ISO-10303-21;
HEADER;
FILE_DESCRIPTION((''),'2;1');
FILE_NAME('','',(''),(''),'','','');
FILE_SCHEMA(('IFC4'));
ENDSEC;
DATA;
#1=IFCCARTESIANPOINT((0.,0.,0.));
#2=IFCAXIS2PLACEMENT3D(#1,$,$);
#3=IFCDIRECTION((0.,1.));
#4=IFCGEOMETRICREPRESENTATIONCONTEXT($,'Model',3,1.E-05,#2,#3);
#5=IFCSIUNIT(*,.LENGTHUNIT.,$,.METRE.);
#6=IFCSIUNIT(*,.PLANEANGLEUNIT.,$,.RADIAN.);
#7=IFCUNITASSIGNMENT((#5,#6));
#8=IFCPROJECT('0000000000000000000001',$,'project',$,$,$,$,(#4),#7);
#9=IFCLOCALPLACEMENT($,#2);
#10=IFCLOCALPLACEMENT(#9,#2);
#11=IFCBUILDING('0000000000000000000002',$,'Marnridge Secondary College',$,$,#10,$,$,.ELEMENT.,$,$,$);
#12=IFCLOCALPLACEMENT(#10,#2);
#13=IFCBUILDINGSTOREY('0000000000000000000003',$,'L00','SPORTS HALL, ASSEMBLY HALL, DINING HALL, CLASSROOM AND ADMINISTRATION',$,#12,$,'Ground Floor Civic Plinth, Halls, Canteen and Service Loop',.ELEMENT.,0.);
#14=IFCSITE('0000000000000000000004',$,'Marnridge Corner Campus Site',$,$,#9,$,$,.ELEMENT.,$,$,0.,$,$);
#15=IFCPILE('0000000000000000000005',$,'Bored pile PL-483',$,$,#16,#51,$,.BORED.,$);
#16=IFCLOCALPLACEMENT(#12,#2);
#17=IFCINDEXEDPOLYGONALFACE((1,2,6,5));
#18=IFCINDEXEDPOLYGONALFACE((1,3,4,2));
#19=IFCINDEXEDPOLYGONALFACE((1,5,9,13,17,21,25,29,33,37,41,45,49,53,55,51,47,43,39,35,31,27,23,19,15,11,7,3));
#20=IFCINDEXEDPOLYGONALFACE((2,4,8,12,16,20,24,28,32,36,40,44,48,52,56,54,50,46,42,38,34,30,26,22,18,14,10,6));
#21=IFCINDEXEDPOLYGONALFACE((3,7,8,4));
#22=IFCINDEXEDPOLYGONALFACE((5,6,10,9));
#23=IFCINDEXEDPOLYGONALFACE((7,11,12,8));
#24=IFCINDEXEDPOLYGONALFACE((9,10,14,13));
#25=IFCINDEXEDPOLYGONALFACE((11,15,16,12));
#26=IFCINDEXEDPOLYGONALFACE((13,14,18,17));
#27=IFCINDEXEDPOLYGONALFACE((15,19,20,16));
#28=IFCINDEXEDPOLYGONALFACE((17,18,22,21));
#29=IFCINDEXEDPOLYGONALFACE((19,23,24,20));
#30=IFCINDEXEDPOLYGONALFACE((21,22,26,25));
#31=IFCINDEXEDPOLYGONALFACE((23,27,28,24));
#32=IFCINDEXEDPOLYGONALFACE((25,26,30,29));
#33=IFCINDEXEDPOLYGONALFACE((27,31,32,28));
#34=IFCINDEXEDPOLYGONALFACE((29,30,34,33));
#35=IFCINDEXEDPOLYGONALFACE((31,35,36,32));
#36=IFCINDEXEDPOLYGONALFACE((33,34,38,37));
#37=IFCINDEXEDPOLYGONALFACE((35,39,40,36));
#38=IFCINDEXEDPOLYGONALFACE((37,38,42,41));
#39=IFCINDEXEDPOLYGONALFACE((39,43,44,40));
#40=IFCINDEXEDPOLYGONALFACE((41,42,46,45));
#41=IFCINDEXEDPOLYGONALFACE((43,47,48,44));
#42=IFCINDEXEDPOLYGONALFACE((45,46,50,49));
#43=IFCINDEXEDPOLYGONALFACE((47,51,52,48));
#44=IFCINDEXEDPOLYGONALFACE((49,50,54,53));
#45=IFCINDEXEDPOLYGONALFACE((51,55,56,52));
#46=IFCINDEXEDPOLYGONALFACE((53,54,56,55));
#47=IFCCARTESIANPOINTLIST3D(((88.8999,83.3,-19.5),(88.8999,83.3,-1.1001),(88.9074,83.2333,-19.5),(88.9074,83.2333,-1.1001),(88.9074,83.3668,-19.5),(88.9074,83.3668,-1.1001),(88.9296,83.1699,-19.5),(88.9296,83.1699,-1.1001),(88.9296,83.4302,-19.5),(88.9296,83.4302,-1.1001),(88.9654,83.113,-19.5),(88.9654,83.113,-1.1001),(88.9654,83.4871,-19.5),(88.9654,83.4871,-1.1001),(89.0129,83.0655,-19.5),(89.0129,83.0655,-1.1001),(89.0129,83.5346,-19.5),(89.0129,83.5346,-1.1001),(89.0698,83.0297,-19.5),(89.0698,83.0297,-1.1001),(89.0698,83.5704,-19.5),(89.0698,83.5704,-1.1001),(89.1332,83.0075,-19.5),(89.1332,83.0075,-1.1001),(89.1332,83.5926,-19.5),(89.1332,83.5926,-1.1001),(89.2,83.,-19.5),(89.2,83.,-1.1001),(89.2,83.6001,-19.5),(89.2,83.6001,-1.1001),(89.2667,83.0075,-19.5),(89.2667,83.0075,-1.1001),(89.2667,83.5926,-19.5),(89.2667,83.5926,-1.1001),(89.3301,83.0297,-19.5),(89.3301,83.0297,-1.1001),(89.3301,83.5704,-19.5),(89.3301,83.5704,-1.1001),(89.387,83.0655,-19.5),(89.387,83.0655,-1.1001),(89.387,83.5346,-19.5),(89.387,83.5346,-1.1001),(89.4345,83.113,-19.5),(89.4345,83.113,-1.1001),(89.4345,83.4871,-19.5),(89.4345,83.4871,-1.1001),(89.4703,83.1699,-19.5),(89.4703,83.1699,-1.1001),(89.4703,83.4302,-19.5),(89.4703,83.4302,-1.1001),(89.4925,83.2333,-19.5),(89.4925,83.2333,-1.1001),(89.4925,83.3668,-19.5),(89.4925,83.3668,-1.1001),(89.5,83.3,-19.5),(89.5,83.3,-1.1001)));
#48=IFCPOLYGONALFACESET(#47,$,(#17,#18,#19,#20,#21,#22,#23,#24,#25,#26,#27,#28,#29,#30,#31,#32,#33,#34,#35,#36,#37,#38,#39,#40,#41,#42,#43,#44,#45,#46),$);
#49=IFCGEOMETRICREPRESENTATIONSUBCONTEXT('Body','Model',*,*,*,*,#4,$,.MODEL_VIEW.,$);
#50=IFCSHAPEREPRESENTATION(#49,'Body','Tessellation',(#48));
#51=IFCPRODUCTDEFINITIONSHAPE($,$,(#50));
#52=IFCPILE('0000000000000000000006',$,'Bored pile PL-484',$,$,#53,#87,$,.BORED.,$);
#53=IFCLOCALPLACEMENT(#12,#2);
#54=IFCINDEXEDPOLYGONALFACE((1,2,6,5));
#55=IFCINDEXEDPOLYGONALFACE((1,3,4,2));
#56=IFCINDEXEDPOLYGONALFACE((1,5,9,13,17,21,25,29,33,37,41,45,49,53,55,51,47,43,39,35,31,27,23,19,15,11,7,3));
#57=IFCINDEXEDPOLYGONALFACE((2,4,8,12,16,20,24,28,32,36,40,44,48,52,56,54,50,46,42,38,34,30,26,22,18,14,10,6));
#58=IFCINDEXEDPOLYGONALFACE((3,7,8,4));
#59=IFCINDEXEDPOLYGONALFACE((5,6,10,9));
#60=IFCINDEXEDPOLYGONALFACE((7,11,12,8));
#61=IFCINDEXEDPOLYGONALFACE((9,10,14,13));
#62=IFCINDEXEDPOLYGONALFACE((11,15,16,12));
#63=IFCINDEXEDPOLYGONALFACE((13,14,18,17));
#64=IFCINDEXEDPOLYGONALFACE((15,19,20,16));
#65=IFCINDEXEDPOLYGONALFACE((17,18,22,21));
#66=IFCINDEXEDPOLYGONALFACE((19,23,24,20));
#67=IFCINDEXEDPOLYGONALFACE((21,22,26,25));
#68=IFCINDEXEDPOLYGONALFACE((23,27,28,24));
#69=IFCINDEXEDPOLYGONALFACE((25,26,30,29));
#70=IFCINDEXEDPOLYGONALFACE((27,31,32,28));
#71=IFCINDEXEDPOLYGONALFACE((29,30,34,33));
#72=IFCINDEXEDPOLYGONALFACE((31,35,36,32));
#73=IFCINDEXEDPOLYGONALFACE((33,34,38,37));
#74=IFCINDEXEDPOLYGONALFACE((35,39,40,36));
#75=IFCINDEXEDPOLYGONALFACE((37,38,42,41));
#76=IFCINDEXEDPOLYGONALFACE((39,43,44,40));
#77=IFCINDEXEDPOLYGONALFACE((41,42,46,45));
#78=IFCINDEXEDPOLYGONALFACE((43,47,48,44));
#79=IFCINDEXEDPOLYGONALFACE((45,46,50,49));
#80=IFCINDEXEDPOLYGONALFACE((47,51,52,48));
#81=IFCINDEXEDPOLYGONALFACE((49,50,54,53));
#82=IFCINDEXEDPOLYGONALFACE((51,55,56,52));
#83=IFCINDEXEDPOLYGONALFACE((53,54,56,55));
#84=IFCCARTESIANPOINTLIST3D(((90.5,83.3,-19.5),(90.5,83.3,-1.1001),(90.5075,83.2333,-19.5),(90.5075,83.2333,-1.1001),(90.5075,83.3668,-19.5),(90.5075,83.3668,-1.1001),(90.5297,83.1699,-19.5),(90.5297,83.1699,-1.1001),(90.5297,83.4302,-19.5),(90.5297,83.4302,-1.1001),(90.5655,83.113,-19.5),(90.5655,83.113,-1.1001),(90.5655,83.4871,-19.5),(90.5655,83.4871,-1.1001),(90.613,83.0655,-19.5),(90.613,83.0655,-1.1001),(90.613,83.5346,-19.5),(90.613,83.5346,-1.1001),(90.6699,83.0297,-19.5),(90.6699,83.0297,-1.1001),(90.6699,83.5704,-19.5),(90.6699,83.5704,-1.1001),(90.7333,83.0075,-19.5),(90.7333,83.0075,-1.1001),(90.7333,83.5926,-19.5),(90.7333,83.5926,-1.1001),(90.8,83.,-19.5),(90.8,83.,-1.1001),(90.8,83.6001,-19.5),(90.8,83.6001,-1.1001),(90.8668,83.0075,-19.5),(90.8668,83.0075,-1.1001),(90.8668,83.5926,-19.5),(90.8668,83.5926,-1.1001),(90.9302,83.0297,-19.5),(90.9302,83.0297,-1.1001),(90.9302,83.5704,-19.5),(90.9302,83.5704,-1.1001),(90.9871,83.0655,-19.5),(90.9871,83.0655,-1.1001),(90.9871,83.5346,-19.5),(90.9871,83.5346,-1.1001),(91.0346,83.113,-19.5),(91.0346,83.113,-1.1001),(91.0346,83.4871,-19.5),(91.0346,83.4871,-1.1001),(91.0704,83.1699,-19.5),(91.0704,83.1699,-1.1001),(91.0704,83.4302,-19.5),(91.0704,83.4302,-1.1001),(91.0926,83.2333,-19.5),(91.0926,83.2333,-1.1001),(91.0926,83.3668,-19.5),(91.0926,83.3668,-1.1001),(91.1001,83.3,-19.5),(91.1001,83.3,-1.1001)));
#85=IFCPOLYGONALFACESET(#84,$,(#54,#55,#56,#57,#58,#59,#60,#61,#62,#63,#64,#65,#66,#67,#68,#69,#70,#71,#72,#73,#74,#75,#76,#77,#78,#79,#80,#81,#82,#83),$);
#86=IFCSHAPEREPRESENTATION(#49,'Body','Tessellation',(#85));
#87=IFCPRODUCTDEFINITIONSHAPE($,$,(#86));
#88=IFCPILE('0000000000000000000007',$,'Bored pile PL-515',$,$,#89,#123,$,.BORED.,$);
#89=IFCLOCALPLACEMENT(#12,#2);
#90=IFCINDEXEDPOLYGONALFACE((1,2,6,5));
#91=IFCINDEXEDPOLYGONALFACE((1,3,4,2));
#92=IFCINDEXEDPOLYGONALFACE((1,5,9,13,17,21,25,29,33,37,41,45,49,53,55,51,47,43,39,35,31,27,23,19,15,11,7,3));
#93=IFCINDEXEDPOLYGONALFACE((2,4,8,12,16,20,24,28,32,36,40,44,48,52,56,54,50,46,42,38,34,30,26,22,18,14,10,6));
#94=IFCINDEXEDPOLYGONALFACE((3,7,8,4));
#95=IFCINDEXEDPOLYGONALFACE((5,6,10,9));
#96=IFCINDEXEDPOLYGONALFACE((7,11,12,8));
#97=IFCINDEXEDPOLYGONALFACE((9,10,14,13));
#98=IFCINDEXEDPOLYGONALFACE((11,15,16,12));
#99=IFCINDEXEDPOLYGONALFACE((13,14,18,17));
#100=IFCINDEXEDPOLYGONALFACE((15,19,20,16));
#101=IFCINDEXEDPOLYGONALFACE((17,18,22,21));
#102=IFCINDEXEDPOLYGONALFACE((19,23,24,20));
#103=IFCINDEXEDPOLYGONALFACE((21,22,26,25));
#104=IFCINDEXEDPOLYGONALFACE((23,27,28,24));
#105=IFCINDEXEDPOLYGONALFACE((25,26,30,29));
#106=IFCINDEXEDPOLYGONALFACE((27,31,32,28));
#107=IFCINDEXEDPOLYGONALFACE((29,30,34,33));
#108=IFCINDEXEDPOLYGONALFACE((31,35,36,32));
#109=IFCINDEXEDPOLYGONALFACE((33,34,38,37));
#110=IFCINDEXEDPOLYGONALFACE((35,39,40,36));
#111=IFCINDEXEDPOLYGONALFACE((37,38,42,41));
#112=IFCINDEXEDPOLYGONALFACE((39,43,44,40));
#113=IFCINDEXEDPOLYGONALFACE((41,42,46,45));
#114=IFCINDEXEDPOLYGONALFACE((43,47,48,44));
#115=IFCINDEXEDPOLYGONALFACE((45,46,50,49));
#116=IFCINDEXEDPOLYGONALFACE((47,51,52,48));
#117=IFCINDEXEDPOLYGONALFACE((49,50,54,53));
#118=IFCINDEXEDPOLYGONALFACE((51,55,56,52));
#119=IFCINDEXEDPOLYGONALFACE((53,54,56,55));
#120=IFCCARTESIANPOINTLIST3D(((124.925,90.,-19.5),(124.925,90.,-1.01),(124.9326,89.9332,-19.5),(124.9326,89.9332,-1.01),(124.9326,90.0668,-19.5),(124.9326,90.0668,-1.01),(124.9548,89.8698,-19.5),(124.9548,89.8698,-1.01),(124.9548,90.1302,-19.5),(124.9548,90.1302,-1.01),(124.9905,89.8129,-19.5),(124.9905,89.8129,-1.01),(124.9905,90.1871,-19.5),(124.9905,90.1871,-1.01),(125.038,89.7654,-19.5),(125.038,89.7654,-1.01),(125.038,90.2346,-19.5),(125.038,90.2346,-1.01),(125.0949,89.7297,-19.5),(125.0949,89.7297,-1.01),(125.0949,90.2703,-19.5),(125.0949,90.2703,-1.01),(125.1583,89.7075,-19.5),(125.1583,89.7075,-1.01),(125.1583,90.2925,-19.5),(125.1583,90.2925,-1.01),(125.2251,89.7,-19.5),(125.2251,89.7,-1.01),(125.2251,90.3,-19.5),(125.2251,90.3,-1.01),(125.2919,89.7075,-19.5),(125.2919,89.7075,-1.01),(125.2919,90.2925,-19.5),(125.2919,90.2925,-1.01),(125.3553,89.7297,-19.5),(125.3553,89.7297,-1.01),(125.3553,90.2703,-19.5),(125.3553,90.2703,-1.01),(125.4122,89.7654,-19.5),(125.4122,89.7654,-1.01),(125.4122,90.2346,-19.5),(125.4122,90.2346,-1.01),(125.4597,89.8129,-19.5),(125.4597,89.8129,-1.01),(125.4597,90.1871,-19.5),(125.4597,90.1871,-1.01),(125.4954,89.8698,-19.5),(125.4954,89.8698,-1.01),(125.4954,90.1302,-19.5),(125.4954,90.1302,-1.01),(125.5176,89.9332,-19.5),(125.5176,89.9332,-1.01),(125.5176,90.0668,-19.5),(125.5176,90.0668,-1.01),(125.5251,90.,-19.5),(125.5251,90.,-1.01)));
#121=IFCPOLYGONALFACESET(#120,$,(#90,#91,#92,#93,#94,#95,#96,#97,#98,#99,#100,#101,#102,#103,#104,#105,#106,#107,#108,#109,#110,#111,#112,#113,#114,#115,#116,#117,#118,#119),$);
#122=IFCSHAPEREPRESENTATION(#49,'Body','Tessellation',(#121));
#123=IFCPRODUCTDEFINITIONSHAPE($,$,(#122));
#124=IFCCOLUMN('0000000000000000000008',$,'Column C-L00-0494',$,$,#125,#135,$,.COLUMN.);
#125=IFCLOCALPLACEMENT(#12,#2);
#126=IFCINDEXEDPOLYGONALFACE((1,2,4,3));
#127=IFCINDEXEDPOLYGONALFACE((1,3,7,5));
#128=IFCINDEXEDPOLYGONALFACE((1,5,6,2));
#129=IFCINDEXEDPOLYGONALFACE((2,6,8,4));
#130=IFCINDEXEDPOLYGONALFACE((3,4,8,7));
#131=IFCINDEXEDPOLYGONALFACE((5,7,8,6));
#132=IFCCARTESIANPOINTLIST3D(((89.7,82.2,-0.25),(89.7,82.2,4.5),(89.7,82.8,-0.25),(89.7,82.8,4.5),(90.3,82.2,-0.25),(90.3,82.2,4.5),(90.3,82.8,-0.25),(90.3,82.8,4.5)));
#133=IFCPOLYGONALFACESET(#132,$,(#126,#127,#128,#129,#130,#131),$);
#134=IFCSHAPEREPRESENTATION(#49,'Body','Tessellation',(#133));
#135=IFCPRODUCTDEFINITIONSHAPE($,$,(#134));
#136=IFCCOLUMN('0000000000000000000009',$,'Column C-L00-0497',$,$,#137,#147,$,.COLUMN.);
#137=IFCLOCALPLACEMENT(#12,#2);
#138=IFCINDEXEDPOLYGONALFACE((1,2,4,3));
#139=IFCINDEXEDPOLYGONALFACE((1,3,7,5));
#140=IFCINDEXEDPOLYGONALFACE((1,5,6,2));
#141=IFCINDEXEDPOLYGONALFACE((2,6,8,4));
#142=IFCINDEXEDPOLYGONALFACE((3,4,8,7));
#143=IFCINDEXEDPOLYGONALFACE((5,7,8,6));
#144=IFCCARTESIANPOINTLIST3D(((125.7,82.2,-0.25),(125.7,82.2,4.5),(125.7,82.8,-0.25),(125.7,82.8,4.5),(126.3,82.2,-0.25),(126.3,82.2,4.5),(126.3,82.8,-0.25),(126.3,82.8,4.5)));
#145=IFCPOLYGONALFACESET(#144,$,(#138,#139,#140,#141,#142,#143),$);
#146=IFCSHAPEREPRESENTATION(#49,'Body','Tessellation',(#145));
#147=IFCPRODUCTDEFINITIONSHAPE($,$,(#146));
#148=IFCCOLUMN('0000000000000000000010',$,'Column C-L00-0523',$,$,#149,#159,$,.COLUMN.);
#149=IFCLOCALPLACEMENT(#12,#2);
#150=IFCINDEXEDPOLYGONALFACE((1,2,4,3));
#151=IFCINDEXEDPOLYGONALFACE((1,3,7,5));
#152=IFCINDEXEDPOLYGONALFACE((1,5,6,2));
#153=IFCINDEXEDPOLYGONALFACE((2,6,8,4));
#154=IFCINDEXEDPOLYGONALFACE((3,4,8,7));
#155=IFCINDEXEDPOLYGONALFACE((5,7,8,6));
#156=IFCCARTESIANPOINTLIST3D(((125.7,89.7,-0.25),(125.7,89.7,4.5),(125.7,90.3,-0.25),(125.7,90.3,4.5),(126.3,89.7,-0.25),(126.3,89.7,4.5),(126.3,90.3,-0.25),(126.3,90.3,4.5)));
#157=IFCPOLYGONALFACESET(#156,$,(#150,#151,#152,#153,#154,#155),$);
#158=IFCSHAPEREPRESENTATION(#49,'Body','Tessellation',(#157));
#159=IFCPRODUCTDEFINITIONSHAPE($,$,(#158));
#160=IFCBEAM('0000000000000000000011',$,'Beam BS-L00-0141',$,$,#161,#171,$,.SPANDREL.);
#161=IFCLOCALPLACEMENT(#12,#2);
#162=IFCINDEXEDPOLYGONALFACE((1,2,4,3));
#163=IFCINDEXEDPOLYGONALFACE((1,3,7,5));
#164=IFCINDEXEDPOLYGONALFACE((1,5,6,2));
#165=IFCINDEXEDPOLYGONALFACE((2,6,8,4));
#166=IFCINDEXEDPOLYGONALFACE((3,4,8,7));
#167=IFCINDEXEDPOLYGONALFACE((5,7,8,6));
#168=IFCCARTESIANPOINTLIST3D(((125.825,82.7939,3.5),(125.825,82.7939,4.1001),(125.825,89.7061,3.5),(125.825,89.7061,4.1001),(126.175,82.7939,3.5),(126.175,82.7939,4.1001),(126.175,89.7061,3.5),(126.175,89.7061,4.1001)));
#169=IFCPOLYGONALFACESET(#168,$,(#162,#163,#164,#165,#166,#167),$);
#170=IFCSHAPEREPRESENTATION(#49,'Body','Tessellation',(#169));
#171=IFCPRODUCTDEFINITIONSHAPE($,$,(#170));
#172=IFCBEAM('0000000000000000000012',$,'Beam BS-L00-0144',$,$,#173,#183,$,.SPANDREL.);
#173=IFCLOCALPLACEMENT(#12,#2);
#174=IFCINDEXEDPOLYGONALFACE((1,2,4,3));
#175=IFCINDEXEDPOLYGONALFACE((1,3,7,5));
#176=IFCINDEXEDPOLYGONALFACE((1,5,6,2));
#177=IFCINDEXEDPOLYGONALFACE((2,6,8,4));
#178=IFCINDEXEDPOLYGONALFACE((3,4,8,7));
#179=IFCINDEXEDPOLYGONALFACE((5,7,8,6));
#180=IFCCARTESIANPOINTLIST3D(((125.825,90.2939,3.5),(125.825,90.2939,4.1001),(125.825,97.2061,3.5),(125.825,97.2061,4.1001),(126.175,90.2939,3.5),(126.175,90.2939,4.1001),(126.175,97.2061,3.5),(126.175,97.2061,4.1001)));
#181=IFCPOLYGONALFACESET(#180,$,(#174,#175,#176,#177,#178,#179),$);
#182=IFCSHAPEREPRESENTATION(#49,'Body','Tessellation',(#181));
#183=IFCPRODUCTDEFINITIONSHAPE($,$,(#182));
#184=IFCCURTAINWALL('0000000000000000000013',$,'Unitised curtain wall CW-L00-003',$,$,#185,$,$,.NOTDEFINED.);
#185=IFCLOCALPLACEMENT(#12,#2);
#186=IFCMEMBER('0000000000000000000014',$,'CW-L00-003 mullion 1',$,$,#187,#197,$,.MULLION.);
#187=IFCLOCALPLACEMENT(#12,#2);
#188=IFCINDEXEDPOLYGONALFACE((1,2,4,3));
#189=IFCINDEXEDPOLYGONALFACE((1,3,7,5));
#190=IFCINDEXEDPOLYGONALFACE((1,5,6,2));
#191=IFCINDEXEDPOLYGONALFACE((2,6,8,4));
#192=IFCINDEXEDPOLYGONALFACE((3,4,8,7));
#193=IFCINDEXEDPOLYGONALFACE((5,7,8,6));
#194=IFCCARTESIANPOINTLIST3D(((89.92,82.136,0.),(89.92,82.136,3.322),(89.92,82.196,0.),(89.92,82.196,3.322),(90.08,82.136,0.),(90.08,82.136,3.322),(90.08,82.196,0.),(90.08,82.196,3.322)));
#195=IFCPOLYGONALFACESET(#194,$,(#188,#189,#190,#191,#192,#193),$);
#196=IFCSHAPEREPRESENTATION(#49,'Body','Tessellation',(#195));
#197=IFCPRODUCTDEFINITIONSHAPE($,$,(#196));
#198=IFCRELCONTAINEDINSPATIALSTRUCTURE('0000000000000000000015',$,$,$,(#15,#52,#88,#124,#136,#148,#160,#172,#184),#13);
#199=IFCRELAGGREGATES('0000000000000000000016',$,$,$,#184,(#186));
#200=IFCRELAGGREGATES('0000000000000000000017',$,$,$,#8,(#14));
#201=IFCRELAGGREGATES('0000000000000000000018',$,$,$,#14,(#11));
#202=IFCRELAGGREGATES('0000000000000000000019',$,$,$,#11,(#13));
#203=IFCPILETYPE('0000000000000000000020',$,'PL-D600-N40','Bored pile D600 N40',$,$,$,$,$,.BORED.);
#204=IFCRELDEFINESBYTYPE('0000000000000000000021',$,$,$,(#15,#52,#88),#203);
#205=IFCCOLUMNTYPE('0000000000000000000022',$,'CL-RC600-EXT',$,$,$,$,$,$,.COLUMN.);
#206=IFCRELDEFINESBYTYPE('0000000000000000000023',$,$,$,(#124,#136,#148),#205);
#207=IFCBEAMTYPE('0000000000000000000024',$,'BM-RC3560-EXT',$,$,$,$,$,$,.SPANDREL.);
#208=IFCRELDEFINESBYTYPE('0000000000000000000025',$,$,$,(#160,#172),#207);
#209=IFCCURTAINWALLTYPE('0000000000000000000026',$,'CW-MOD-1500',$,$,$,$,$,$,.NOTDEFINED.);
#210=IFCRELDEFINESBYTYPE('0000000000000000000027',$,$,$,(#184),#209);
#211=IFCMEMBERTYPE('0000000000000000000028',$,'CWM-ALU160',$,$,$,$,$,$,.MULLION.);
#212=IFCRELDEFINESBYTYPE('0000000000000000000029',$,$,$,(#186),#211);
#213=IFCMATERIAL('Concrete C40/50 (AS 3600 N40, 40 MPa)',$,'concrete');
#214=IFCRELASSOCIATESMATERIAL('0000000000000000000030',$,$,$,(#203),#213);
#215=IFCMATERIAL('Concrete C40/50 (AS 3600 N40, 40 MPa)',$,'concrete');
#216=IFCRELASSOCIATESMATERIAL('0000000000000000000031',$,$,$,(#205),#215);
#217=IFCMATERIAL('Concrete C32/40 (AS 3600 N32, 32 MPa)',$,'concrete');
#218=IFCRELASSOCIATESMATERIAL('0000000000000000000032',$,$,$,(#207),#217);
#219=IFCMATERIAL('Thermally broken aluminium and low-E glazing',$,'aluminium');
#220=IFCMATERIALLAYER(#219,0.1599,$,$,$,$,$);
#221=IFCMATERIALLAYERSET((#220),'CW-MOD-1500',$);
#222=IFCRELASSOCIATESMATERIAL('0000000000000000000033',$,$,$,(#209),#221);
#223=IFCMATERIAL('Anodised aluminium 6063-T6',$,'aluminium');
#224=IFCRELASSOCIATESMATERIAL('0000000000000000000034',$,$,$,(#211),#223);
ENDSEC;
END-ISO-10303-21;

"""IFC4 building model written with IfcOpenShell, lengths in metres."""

from ifc_helpers import new_model, si_unit, direction, frame, origin, origin_2d, place, context, subcontext, project, spatial, rectangle, circle, extrude, material, layer, layer_set, material_profile, profile_set, type_object, element, aggregate, save


model = new_model("IFC4")

# Units and contexts
model_context = context("Model", 3, precision=1e-05, world=origin(), true_north=direction((0.0, 1.0)))
body_context = subcontext(model_context, "Body", "Model", "MODEL_VIEW")
ifc_project = project(units=[si_unit("LENGTHUNIT", "METRE"), si_unit("PLANEANGLEUNIT", "RADIAN")], contexts=[model_context])

# Site, building, storey
site_placement = place(None, origin())
site = spatial("IfcSite", under=ifc_project, at=site_placement, Name="Marnridge Corner Campus Site", CompositionType="ELEMENT", RefElevation=0.0)
building_placement = place(site_placement, origin())
building = spatial("IfcBuilding", under=site, at=building_placement, Name="Marnridge Secondary College", CompositionType="ELEMENT")
storey_placement = place(building_placement, origin())
storey = spatial("IfcBuildingStorey", under=building, at=storey_placement, Name="L00", Description="SPORTS HALL, ASSEMBLY HALL, DINING HALL, CLASSROOM AND ADMINISTRATION", LongName="Ground Floor Civic Plinth, Halls, Canteen and Service Loop", CompositionType="ELEMENT", Elevation=0.0)

# Piles
ifc_material_1 = material(Name="Concrete C40/50 (AS 3600 N40, 40 MPa)", Category="concrete")
ifc_material_profile_1 = material_profile(ifc_material_1, circle(Radius=0.3, at=origin_2d()), Name="PILE D600")
ifc_profile_set_1 = profile_set([ifc_material_profile_1], Name="Concrete C40/50 (AS 3600 N40, 40 MPa)")
pile_type_1 = type_object("IfcPileType", Name="PL-D600-N40", Description="Bored pile D600 N40", PredefinedType="BORED", material=ifc_profile_set_1)
for number, where, z_axis, x_axis, name in (
    (1, (89.2, 83.3, -1.1001), (0.0, 0.0, -1.0), (1.0, 0.0, 0.0), "Bored pile PL-483"),
    (2, (90.8, 83.3, -1.1001), (0.0, 0.0, -1.0), (1.0, 0.0, 0.0), "Bored pile PL-484"),
):
    element("IfcPile", number, at=place(storey_placement, frame(where, z_axis=z_axis, x_axis=x_axis)), inside=storey, type_object=pile_type_1, Name=name, PredefinedType="BORED", context=body_context, shape_type="SweptSolid", body=[
        extrude(circle(Radius=0.3, at=origin_2d()), origin(), (0.0, 0.0, 1.0), 18.3999),
    ])
pile_1_placement = place(storey_placement, frame((125.2251, 90.0, -1.01), z_axis=(0.0, 0.0, -1.0), x_axis=(1.0, 0.0, 0.0)))
element("IfcPile", 3, at=pile_1_placement, inside=storey, type_object=pile_type_1, Name="Bored pile PL-515", PredefinedType="BORED", context=body_context, shape_type="SweptSolid", body=[
    extrude(circle(Radius=0.3, at=origin_2d()), origin(), (0.0, 0.0, 1.0), 18.49),
])

# Columns
ifc_material_2 = material(Name="Concrete C40/50 (AS 3600 N40, 40 MPa)", Category="concrete")
ifc_material_profile_2 = material_profile(ifc_material_2, rectangle(XDim=0.6001, YDim=0.6001, at=origin_2d()), Name="RC 600x600")
ifc_profile_set_2 = profile_set([ifc_material_profile_2], Name="Concrete C40/50 (AS 3600 N40, 40 MPa)")
column_type = type_object("IfcColumnType", Name="CL-RC600-EXT", PredefinedType="COLUMN", material=ifc_profile_set_2)
for number, where, z_axis, x_axis, name in (
    (4, (90.0, 82.5, -0.25), (0.0, 0.0, 1.0), (1.0, 0.0, 0.0), "Column C-L00-0494"),
    (5, (126.0, 82.5, -0.25), (0.0, 0.0, 1.0), (1.0, 0.0, 0.0), "Column C-L00-0497"),
    (6, (126.0, 90.0, -0.25), (0.0, 0.0, 1.0), (1.0, 0.0, 0.0), "Column C-L00-0523"),
):
    element("IfcColumn", number, at=place(storey_placement, frame(where, z_axis=z_axis, x_axis=x_axis)), inside=storey, type_object=column_type, Name=name, PredefinedType="COLUMN", context=body_context, shape_type="SweptSolid", body=[
        extrude(rectangle(XDim=0.6001, YDim=0.6001, at=origin_2d()), origin(), (0.0, 0.0, 1.0), 4.75),
    ])

# Beams
ifc_material_3 = material(Name="Concrete C32/40 (AS 3600 N32, 32 MPa)", Category="concrete")
ifc_material_profile_3 = material_profile(ifc_material_3, rectangle(XDim=0.3501, YDim=0.6001, at=origin_2d()), Name="RC 350x600")
ifc_profile_set_3 = profile_set([ifc_material_profile_3], Name="Concrete C32/40 (AS 3600 N32, 32 MPa)")
beam_type = type_object("IfcBeamType", Name="BM-RC3560-EXT", PredefinedType="SPANDREL", material=ifc_profile_set_3)
for number, where, z_axis, x_axis, name in (
    (7, (126.0, 82.7939, 3.8), (0.0, 1.0, 0.0), (-1.0, 0.0, 0.0), "Beam BS-L00-0141"),
    (8, (126.0, 90.2939, 3.8), (0.0, 1.0, 0.0), (-1.0, 0.0, 0.0), "Beam BS-L00-0144"),
):
    element("IfcBeam", number, at=place(storey_placement, frame(where, z_axis=z_axis, x_axis=x_axis)), inside=storey, type_object=beam_type, Name=name, PredefinedType="SPANDREL", context=body_context, shape_type="SweptSolid", body=[
        extrude(rectangle(XDim=0.3501, YDim=0.6001, at=origin_2d()), origin(), (0.0, 0.0, 1.0), 6.9121),
    ])

# Curtain wall, member
ifc_material_4 = material(Name="Thermally broken aluminium and low-E glazing", Category="aluminium")
ifc_layer_1 = layer(ifc_material_4, 0.1599)
ifc_layer_set_1 = layer_set([ifc_layer_1], Name="CW-MOD-1500")
curtain_wall_type = type_object("IfcCurtainWallType", Name="CW-MOD-1500", PredefinedType="NOTDEFINED", material=ifc_layer_set_1)
curtain_wall_placement = place(storey_placement, origin())
curtain_wall = element("IfcCurtainWall", 9, at=curtain_wall_placement, inside=storey, type_object=curtain_wall_type, Name="Unitised curtain wall CW-L00-003", PredefinedType="NOTDEFINED")
ifc_material_5 = material(Name="Anodised aluminium 6063-T6", Category="aluminium")
ifc_material_profile_4 = material_profile(ifc_material_5, rectangle(XDim=0.0601, YDim=0.1599, at=origin_2d()), Name="ALU 60x160")
ifc_profile_set_4 = profile_set([ifc_material_profile_4], Name="Anodised aluminium 6063-T6")
member_type_1 = type_object("IfcMemberType", Name="CWM-ALU160", PredefinedType="MULLION", material=ifc_profile_set_4)
member_1_placement = place(storey_placement, frame((90.0, 82.166, 0.0), z_axis=(0.0, 0.0, 1.0), x_axis=(0.0, -1.0, 0.0)))
member_1 = element("IfcMember", 10, at=member_1_placement, type_object=member_type_1, Name="CW-L00-003 mullion 1", PredefinedType="MULLION", context=body_context, shape_type="SweptSolid", body=[
    extrude(rectangle(XDim=0.0601, YDim=0.1599, at=origin_2d()), origin(), (0.0, 0.0, 1.0), 3.322),
])
aggregate(curtain_wall, [member_1])

save(model, "model.ifc")
